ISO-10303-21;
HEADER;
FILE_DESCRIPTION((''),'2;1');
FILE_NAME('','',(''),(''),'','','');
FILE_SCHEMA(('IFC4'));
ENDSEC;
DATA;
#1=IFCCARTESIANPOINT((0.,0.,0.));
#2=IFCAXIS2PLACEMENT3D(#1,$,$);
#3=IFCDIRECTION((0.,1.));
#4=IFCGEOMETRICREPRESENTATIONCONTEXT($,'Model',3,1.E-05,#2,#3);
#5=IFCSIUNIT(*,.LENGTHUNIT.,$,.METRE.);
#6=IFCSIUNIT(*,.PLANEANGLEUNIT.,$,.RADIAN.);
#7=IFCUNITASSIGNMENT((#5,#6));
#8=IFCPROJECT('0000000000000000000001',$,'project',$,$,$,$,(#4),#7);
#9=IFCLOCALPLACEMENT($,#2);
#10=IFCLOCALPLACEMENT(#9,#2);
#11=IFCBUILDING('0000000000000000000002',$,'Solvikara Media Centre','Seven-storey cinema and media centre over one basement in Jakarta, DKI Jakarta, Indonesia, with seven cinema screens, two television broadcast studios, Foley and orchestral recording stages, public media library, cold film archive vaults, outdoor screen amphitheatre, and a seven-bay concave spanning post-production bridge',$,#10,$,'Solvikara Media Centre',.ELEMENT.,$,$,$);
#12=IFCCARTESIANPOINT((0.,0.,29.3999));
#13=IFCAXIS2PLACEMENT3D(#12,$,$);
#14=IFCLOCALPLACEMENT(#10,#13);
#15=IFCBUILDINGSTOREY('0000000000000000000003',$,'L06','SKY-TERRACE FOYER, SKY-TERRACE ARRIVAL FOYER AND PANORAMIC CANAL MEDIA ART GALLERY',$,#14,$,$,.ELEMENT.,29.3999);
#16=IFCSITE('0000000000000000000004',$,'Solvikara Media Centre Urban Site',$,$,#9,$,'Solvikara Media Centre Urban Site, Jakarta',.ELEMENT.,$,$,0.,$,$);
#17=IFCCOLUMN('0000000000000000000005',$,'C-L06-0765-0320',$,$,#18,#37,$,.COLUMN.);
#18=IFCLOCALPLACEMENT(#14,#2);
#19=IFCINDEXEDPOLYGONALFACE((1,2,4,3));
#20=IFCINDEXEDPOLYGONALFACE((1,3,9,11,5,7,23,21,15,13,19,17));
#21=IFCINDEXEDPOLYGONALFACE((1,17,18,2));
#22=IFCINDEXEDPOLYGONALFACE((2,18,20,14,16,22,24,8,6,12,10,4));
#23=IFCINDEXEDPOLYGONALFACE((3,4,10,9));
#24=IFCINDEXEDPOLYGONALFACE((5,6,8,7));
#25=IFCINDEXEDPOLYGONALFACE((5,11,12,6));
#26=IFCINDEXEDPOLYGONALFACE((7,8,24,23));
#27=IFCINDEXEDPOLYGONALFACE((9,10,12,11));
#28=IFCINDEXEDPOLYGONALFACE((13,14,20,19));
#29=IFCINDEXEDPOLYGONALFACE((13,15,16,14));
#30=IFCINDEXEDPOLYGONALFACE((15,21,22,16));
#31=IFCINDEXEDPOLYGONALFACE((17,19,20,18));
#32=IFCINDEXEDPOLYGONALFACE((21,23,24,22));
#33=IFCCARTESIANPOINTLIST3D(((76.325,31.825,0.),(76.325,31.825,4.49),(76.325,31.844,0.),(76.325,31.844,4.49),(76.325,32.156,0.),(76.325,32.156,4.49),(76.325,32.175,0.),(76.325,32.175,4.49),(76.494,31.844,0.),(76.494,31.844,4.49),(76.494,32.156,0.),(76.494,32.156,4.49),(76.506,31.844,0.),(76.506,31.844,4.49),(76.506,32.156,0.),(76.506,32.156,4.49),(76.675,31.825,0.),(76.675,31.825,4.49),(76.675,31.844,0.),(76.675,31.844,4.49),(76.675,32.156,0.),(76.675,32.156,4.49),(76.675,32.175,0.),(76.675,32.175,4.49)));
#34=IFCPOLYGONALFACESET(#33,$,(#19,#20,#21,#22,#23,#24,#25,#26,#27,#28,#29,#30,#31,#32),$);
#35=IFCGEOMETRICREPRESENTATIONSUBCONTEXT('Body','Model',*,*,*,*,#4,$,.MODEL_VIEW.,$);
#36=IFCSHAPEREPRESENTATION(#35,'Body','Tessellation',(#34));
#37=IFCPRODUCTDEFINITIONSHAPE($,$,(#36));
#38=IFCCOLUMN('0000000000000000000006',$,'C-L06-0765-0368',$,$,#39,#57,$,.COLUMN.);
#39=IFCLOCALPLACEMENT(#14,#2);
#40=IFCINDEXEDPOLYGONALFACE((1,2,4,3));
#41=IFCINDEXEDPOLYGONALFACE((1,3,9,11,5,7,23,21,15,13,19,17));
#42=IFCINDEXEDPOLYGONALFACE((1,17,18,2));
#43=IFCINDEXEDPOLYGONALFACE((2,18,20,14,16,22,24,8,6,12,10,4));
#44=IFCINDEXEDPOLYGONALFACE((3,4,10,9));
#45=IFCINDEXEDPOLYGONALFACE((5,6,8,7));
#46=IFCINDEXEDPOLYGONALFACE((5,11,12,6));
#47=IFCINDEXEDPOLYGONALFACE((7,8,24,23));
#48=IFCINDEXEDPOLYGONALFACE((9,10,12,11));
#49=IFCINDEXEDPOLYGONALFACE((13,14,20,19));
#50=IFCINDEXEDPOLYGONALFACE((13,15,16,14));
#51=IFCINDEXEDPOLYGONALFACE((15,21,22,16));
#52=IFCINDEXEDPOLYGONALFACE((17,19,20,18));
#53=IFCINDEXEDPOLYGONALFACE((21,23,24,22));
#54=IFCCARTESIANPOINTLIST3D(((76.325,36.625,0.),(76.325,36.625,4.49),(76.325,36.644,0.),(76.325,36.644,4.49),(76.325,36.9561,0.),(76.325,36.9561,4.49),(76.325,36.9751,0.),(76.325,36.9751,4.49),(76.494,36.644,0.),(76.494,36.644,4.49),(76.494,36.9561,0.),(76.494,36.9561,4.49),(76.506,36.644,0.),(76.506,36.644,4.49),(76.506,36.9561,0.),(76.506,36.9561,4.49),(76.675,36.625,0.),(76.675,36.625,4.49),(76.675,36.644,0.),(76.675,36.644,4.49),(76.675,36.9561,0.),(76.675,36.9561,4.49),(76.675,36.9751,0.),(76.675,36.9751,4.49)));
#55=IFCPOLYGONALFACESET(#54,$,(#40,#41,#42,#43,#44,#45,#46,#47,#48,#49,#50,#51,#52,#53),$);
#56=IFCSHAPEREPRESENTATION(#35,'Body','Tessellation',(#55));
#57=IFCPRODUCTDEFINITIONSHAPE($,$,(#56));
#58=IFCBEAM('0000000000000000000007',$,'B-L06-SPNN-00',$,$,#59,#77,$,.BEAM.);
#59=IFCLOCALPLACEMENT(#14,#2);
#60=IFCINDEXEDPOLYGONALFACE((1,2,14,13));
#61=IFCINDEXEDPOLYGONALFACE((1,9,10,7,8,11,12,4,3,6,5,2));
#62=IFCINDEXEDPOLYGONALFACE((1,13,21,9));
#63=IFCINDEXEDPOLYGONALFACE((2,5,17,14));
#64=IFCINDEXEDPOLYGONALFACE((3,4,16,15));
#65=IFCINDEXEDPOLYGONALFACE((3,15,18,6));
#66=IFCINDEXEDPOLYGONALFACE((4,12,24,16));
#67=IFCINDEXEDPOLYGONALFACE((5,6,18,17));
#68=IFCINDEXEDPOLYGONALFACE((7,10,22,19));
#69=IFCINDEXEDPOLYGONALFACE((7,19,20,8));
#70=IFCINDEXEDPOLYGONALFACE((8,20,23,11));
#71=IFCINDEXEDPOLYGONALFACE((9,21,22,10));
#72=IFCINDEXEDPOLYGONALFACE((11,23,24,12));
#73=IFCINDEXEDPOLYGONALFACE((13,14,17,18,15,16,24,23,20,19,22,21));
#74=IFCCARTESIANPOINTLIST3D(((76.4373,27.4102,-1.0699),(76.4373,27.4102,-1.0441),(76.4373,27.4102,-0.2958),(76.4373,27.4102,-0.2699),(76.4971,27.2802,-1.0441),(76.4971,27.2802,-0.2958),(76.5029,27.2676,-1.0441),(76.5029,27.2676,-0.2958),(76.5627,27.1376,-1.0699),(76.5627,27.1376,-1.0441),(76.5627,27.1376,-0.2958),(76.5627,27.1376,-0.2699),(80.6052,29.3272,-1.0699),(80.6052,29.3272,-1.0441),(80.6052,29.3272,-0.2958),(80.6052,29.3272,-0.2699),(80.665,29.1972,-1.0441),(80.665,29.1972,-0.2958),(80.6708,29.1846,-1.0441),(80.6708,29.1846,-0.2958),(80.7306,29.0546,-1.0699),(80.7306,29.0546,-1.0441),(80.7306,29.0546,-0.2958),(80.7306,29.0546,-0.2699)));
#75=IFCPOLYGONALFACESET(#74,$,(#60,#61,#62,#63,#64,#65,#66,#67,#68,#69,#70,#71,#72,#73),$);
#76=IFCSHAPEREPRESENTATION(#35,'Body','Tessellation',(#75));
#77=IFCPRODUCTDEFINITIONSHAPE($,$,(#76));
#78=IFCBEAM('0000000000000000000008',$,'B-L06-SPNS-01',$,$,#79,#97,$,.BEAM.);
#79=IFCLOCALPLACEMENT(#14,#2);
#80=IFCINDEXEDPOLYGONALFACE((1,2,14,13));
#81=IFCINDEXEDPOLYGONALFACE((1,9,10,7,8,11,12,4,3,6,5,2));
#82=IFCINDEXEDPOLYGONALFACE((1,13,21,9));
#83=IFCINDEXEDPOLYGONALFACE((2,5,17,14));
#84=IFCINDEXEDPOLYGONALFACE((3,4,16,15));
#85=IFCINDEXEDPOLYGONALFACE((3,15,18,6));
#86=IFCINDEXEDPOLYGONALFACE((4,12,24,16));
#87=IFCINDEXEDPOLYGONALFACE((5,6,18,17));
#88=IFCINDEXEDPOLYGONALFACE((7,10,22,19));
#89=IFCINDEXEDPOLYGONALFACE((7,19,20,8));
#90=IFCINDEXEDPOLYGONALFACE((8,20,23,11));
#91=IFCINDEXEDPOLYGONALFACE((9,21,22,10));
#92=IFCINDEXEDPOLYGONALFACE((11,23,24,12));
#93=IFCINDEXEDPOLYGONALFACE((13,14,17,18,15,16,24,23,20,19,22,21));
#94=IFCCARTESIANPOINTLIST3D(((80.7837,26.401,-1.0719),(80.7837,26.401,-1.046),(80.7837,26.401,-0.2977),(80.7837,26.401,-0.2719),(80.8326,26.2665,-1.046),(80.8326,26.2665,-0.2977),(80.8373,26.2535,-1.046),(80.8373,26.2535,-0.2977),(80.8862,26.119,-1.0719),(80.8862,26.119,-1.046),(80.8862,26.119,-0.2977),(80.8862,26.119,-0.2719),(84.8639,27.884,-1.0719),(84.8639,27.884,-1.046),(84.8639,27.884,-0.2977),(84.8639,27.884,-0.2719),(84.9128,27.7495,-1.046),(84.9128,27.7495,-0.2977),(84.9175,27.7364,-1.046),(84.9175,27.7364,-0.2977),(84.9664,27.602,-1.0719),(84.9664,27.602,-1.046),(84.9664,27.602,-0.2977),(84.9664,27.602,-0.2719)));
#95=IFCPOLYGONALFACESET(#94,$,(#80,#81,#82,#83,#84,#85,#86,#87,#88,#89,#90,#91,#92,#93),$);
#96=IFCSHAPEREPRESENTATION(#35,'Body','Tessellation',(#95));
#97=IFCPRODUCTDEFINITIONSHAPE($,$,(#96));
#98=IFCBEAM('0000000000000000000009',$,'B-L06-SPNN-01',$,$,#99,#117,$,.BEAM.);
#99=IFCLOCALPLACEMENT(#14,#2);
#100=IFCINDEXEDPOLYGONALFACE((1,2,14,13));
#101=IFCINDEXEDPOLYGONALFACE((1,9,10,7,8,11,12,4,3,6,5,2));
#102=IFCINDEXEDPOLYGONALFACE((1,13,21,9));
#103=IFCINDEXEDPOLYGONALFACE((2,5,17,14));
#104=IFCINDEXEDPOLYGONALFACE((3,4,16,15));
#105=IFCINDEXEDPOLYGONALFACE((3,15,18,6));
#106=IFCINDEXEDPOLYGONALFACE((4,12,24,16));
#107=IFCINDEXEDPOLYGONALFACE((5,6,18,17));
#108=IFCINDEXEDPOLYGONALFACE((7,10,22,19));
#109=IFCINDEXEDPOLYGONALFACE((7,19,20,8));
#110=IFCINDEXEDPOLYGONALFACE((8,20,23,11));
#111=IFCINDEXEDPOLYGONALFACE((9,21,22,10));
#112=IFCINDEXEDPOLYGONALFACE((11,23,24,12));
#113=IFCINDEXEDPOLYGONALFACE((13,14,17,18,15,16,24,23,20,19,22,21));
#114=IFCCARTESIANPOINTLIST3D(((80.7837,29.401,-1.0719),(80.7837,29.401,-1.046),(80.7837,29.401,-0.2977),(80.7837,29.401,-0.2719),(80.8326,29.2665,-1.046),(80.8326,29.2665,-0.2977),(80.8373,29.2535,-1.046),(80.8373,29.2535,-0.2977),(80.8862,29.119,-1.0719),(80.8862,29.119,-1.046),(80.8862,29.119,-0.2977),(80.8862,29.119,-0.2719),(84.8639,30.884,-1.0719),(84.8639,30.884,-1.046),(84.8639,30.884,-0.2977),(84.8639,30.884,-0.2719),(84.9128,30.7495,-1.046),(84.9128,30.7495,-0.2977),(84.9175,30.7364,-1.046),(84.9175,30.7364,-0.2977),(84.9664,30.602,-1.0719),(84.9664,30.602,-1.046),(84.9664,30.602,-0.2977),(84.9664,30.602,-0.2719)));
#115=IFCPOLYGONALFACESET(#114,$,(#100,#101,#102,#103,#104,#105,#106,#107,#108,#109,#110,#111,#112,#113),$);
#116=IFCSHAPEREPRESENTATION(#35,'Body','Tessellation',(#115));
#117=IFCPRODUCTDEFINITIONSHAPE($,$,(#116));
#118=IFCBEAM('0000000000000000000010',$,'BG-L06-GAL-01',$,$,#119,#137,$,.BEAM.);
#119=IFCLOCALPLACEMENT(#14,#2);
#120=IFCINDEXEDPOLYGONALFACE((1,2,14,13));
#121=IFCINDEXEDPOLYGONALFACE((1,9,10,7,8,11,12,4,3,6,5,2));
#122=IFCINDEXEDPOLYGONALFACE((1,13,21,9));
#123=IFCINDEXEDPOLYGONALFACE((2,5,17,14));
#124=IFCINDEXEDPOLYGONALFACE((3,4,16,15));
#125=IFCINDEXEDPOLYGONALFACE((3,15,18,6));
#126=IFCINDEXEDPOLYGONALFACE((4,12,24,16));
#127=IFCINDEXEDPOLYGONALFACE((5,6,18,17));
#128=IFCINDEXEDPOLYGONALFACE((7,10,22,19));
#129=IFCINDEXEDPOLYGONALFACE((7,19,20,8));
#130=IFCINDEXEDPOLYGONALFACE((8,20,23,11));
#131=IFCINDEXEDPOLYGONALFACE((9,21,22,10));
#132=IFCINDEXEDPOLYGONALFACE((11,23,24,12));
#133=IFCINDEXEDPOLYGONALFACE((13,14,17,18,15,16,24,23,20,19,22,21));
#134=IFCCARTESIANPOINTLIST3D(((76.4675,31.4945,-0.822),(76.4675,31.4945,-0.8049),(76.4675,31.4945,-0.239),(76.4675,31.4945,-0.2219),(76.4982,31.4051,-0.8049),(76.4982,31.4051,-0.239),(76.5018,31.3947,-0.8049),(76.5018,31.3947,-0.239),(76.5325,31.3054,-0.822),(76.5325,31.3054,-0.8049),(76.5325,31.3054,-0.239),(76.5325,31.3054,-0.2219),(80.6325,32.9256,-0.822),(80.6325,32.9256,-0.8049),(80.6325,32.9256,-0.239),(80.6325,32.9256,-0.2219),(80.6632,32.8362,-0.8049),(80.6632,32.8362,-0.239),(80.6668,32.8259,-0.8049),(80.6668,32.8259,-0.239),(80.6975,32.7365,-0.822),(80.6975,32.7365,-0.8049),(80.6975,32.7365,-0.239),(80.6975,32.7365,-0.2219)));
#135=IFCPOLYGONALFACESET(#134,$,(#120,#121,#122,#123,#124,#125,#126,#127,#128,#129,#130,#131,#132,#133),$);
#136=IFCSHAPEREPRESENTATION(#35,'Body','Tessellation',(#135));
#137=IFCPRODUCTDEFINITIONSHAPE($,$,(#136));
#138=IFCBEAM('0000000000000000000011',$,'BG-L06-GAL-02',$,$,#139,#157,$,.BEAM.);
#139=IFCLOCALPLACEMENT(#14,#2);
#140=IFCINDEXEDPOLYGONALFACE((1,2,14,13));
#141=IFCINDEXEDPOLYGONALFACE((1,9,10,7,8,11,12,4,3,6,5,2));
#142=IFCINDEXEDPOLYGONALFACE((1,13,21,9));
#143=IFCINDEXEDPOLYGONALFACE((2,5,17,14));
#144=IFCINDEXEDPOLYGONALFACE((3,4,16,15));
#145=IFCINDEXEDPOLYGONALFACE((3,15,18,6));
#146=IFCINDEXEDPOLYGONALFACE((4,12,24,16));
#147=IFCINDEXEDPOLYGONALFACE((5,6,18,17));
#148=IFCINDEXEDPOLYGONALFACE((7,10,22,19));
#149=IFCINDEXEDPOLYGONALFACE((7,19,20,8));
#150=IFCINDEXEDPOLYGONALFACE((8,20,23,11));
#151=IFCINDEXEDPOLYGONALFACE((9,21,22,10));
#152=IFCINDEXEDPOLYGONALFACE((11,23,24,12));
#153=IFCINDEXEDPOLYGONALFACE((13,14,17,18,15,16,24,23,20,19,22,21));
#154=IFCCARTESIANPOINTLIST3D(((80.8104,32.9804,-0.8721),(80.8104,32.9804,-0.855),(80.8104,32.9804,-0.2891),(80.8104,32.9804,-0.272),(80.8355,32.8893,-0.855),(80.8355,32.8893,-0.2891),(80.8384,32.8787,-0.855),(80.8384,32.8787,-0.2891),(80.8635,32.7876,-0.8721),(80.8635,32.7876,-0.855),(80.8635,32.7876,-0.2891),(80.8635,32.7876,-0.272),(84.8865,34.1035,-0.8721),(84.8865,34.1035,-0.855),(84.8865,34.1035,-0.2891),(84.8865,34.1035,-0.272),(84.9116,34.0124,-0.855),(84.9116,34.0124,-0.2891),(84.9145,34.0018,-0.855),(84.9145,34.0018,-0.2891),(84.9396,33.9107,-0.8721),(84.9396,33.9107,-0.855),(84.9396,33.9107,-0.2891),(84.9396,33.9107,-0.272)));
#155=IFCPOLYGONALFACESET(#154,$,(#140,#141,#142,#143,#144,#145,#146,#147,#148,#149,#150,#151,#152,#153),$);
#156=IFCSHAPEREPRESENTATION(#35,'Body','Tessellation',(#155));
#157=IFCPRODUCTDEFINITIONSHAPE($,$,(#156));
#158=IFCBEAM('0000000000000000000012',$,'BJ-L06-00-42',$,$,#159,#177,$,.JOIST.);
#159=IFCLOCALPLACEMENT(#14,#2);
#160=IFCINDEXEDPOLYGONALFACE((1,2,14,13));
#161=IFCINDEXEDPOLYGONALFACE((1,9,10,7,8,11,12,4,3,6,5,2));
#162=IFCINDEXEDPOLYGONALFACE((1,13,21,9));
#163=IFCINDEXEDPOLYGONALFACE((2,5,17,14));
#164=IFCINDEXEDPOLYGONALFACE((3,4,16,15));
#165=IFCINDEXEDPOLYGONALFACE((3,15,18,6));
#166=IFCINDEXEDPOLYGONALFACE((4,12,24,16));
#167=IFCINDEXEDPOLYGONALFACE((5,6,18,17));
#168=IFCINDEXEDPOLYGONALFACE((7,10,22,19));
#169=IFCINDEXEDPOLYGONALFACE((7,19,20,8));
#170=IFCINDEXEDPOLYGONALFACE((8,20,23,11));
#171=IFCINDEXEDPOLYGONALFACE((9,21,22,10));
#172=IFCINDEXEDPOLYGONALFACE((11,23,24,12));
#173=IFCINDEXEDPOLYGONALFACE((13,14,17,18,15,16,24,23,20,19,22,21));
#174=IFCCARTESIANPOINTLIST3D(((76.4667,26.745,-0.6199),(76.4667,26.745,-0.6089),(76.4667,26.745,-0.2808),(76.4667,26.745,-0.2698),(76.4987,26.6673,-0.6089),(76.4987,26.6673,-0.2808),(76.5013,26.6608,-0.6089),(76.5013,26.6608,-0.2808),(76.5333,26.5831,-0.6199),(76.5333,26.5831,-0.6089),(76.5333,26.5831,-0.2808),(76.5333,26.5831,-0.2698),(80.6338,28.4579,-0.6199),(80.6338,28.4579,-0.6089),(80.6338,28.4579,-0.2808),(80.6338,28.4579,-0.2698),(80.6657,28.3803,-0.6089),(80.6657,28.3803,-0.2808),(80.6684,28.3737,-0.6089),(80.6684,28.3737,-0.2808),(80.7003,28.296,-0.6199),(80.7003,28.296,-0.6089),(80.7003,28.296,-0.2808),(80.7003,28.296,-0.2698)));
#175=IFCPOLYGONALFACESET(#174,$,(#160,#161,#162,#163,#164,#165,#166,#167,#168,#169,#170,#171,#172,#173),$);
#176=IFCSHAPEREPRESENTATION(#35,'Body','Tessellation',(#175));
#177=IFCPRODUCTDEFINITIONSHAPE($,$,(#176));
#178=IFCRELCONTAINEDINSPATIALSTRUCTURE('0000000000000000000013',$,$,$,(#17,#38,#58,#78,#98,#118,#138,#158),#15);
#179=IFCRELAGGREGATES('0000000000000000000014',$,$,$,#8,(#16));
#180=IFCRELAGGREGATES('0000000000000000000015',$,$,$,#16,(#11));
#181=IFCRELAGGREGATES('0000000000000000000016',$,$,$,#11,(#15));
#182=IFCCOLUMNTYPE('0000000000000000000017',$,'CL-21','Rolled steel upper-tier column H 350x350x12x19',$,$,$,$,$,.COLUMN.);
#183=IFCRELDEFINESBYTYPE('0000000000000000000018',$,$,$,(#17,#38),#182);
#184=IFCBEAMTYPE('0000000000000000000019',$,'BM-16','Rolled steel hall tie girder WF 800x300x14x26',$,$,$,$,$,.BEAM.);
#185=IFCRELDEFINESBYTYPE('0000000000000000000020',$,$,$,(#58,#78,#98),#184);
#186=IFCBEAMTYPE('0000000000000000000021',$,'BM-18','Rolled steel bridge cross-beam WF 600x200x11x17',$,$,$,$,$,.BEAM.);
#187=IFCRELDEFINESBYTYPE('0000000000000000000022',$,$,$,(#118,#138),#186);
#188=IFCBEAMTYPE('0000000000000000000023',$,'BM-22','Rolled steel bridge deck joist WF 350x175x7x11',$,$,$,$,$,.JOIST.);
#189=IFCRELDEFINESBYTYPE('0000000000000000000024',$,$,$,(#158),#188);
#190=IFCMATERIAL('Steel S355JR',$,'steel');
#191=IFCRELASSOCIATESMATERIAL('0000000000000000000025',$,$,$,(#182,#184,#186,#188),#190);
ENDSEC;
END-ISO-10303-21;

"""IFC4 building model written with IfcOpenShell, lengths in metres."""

from ifc_helpers import new_model, si_unit, direction, frame, origin, origin_2d, place, context, subcontext, project, spatial, i_section, extrude, material, material_profile, profile_set, type_object, element, save


model = new_model("IFC4")

# Units and contexts
model_context = context("Model", 3, precision=1e-05, world=origin(), true_north=direction((0.0, 1.0)))
body_context = subcontext(model_context, "Body", "Model", "MODEL_VIEW")
ifc_project = project(units=[si_unit("LENGTHUNIT", "METRE"), si_unit("PLANEANGLEUNIT", "RADIAN")], contexts=[model_context])

# Site, building, storey
site_placement = place(None, origin())
site = spatial("IfcSite", under=ifc_project, at=site_placement, Name="Solvikara Media Centre Urban Site", LongName="Solvikara Media Centre Urban Site, Jakarta", CompositionType="ELEMENT", RefElevation=0.0)
building_placement = place(site_placement, origin())
building = spatial("IfcBuilding", under=site, at=building_placement, Name="Solvikara Media Centre", Description="Seven-storey cinema and media centre over one basement in Jakarta, DKI Jakarta, Indonesia, with seven cinema screens, two television broadcast studios, Foley and orchestral recording stages, public media library, cold film archive vaults, outdoor screen amphitheatre, and a seven-bay concave spanning post-production bridge", LongName="Solvikara Media Centre", CompositionType="ELEMENT")
storey_placement = place(building_placement, frame((0.0, 0.0, 29.3999)))
storey = spatial("IfcBuildingStorey", under=building, at=storey_placement, Name="L06", Description="SKY-TERRACE FOYER, SKY-TERRACE ARRIVAL FOYER AND PANORAMIC CANAL MEDIA ART GALLERY", CompositionType="ELEMENT", Elevation=29.3999)

# Columns
ifc_material_1 = material(Name="Steel S355JR", Category="steel")
ifc_material_profile_1 = material_profile(ifc_material_1, i_section(OverallWidth=0.3501, OverallDepth=0.3501, WebThickness=0.012, FlangeThickness=0.019, at=origin_2d()), Name="H 350x350x12x19")
ifc_profile_set_1 = profile_set([ifc_material_profile_1], Name="Steel S355JR")
column_type = type_object("IfcColumnType", Name="CL-21", Description="Rolled steel upper-tier column H 350x350x12x19", PredefinedType="COLUMN", material=ifc_profile_set_1)
for number, where, z_axis, x_axis, name in (
    (1, (76.5, 32.0, 0.0), (0.0, 0.0, 1.0), (1.0, 0.0, 0.0), "C-L06-0765-0320"),
    (2, (76.5, 36.8, 0.0), (0.0, 0.0, 1.0), (1.0, 0.0, 0.0), "C-L06-0765-0368"),
):
    element("IfcColumn", number, at=place(storey_placement, frame(where, z_axis=z_axis, x_axis=x_axis)), inside=storey, type_object=column_type, Name=name, PredefinedType="COLUMN", context=body_context, shape_type="SweptSolid", body=[
        extrude(i_section(OverallWidth=0.3501, OverallDepth=0.3501, WebThickness=0.012, FlangeThickness=0.019, at=origin_2d()), origin(), (0.0, 0.0, 1.0), 4.49),
    ])

# Beams
ifc_material_profile_2 = material_profile(ifc_material_1, i_section(OverallWidth=0.3, OverallDepth=0.8, WebThickness=0.0139, FlangeThickness=0.0259, at=origin_2d()), Name="WF 800x300x14x26")
ifc_profile_set_2 = profile_set([ifc_material_profile_2], Name="Steel S355JR")
beam_type_1 = type_object("IfcBeamType", Name="BM-16", Description="Rolled steel hall tie girder WF 800x300x14x26", PredefinedType="BEAM", material=ifc_profile_set_2)
beam_1_placement = place(storey_placement, frame((76.5, 27.2739, -0.6699), z_axis=(0.908513, 0.417856, 0.0), x_axis=(-0.417856, 0.908513, 0.0)))
element("IfcBeam", 3, at=beam_1_placement, inside=storey, type_object=beam_type_1, Name="B-L06-SPNN-00", PredefinedType="BEAM", context=body_context, shape_type="SweptSolid", body=[
    extrude(i_section(OverallWidth=0.3, OverallDepth=0.8, WebThickness=0.0139, FlangeThickness=0.0259, at=origin_2d()), origin(), (0.0, 0.0, 1.0), 4.5876),
])
for number, where, z_axis, x_axis, name in (
    (4, (80.835, 26.26, -0.6719), (0.939849, 0.34159, 0.0), (-0.34159, 0.939849, 0.0), "B-L06-SPNS-01"),
    (5, (80.835, 29.26, -0.6719), (0.939849, 0.34159, 0.0), (-0.34159, 0.939849, 0.0), "B-L06-SPNN-01"),
):
    element("IfcBeam", number, at=place(storey_placement, frame(where, z_axis=z_axis, x_axis=x_axis)), inside=storey, type_object=beam_type_1, Name=name, PredefinedType="BEAM", context=body_context, shape_type="SweptSolid", body=[
        extrude(i_section(OverallWidth=0.3, OverallDepth=0.8, WebThickness=0.0139, FlangeThickness=0.0259, at=origin_2d()), origin(), (0.0, 0.0, 1.0), 4.3413),
    ])
ifc_material_profile_3 = material_profile(ifc_material_1, i_section(OverallWidth=0.2, OverallDepth=0.6001, WebThickness=0.011, FlangeThickness=0.0171, at=origin_2d()), Name="WF 600x200x11x17")
ifc_profile_set_3 = profile_set([ifc_material_profile_3], Name="Steel S355JR")
beam_type_2 = type_object("IfcBeamType", Name="BM-18", Description="Rolled steel bridge cross-beam WF 600x200x11x17", PredefinedType="BEAM", material=ifc_profile_set_3)
beam_2_placement = place(storey_placement, frame((76.5, 31.3999, -0.522), z_axis=(0.945727, 0.324962, 0.0), x_axis=(-0.324962, 0.945727, 0.0)))
element("IfcBeam", 6, at=beam_2_placement, inside=storey, type_object=beam_type_2, Name="BG-L06-GAL-01", PredefinedType="BEAM", context=body_context, shape_type="SweptSolid", body=[
    extrude(i_section(OverallWidth=0.2, OverallDepth=0.6001, WebThickness=0.011, FlangeThickness=0.0171, at=origin_2d()), origin(), (0.0, 0.0, 1.0), 4.4041),
])
beam_3_placement = place(storey_placement, frame((80.8369, 32.884, -0.572), z_axis=(0.964078, 0.265618, 0.0), x_axis=(-0.265618, 0.964078, 0.0)))
element("IfcBeam", 7, at=beam_3_placement, inside=storey, type_object=beam_type_2, Name="BG-L06-GAL-02", PredefinedType="BEAM", context=body_context, shape_type="SweptSolid", body=[
    extrude(i_section(OverallWidth=0.2, OverallDepth=0.6001, WebThickness=0.011, FlangeThickness=0.0171, at=origin_2d()), origin(), (0.0, 0.0, 1.0), 4.228),
])
ifc_material_profile_4 = material_profile(ifc_material_1, i_section(OverallWidth=0.175, OverallDepth=0.3501, WebThickness=0.0071, FlangeThickness=0.011, at=origin_2d()), Name="WF 350x175x7x11")
ifc_profile_set_4 = profile_set([ifc_material_profile_4], Name="Steel S355JR")
beam_type_3 = type_object("IfcBeamType", Name="BM-22", Description="Rolled steel bridge deck joist WF 350x175x7x11", PredefinedType="JOIST", material=ifc_profile_set_4)
beam_4_placement = place(storey_placement, frame((76.5, 26.6641, -0.4448), z_axis=(0.924907, 0.380194, 0.0), x_axis=(-0.380194, 0.924907, 0.0)))
element("IfcBeam", 8, at=beam_4_placement, inside=storey, type_object=beam_type_3, Name="BJ-L06-00-42", PredefinedType="JOIST", context=body_context, shape_type="SweptSolid", body=[
    extrude(i_section(OverallWidth=0.175, OverallDepth=0.3501, WebThickness=0.0071, FlangeThickness=0.011, at=origin_2d()), origin(), (0.0, 0.0, 1.0), 4.5054),
])

save(model, "model.ifc")
